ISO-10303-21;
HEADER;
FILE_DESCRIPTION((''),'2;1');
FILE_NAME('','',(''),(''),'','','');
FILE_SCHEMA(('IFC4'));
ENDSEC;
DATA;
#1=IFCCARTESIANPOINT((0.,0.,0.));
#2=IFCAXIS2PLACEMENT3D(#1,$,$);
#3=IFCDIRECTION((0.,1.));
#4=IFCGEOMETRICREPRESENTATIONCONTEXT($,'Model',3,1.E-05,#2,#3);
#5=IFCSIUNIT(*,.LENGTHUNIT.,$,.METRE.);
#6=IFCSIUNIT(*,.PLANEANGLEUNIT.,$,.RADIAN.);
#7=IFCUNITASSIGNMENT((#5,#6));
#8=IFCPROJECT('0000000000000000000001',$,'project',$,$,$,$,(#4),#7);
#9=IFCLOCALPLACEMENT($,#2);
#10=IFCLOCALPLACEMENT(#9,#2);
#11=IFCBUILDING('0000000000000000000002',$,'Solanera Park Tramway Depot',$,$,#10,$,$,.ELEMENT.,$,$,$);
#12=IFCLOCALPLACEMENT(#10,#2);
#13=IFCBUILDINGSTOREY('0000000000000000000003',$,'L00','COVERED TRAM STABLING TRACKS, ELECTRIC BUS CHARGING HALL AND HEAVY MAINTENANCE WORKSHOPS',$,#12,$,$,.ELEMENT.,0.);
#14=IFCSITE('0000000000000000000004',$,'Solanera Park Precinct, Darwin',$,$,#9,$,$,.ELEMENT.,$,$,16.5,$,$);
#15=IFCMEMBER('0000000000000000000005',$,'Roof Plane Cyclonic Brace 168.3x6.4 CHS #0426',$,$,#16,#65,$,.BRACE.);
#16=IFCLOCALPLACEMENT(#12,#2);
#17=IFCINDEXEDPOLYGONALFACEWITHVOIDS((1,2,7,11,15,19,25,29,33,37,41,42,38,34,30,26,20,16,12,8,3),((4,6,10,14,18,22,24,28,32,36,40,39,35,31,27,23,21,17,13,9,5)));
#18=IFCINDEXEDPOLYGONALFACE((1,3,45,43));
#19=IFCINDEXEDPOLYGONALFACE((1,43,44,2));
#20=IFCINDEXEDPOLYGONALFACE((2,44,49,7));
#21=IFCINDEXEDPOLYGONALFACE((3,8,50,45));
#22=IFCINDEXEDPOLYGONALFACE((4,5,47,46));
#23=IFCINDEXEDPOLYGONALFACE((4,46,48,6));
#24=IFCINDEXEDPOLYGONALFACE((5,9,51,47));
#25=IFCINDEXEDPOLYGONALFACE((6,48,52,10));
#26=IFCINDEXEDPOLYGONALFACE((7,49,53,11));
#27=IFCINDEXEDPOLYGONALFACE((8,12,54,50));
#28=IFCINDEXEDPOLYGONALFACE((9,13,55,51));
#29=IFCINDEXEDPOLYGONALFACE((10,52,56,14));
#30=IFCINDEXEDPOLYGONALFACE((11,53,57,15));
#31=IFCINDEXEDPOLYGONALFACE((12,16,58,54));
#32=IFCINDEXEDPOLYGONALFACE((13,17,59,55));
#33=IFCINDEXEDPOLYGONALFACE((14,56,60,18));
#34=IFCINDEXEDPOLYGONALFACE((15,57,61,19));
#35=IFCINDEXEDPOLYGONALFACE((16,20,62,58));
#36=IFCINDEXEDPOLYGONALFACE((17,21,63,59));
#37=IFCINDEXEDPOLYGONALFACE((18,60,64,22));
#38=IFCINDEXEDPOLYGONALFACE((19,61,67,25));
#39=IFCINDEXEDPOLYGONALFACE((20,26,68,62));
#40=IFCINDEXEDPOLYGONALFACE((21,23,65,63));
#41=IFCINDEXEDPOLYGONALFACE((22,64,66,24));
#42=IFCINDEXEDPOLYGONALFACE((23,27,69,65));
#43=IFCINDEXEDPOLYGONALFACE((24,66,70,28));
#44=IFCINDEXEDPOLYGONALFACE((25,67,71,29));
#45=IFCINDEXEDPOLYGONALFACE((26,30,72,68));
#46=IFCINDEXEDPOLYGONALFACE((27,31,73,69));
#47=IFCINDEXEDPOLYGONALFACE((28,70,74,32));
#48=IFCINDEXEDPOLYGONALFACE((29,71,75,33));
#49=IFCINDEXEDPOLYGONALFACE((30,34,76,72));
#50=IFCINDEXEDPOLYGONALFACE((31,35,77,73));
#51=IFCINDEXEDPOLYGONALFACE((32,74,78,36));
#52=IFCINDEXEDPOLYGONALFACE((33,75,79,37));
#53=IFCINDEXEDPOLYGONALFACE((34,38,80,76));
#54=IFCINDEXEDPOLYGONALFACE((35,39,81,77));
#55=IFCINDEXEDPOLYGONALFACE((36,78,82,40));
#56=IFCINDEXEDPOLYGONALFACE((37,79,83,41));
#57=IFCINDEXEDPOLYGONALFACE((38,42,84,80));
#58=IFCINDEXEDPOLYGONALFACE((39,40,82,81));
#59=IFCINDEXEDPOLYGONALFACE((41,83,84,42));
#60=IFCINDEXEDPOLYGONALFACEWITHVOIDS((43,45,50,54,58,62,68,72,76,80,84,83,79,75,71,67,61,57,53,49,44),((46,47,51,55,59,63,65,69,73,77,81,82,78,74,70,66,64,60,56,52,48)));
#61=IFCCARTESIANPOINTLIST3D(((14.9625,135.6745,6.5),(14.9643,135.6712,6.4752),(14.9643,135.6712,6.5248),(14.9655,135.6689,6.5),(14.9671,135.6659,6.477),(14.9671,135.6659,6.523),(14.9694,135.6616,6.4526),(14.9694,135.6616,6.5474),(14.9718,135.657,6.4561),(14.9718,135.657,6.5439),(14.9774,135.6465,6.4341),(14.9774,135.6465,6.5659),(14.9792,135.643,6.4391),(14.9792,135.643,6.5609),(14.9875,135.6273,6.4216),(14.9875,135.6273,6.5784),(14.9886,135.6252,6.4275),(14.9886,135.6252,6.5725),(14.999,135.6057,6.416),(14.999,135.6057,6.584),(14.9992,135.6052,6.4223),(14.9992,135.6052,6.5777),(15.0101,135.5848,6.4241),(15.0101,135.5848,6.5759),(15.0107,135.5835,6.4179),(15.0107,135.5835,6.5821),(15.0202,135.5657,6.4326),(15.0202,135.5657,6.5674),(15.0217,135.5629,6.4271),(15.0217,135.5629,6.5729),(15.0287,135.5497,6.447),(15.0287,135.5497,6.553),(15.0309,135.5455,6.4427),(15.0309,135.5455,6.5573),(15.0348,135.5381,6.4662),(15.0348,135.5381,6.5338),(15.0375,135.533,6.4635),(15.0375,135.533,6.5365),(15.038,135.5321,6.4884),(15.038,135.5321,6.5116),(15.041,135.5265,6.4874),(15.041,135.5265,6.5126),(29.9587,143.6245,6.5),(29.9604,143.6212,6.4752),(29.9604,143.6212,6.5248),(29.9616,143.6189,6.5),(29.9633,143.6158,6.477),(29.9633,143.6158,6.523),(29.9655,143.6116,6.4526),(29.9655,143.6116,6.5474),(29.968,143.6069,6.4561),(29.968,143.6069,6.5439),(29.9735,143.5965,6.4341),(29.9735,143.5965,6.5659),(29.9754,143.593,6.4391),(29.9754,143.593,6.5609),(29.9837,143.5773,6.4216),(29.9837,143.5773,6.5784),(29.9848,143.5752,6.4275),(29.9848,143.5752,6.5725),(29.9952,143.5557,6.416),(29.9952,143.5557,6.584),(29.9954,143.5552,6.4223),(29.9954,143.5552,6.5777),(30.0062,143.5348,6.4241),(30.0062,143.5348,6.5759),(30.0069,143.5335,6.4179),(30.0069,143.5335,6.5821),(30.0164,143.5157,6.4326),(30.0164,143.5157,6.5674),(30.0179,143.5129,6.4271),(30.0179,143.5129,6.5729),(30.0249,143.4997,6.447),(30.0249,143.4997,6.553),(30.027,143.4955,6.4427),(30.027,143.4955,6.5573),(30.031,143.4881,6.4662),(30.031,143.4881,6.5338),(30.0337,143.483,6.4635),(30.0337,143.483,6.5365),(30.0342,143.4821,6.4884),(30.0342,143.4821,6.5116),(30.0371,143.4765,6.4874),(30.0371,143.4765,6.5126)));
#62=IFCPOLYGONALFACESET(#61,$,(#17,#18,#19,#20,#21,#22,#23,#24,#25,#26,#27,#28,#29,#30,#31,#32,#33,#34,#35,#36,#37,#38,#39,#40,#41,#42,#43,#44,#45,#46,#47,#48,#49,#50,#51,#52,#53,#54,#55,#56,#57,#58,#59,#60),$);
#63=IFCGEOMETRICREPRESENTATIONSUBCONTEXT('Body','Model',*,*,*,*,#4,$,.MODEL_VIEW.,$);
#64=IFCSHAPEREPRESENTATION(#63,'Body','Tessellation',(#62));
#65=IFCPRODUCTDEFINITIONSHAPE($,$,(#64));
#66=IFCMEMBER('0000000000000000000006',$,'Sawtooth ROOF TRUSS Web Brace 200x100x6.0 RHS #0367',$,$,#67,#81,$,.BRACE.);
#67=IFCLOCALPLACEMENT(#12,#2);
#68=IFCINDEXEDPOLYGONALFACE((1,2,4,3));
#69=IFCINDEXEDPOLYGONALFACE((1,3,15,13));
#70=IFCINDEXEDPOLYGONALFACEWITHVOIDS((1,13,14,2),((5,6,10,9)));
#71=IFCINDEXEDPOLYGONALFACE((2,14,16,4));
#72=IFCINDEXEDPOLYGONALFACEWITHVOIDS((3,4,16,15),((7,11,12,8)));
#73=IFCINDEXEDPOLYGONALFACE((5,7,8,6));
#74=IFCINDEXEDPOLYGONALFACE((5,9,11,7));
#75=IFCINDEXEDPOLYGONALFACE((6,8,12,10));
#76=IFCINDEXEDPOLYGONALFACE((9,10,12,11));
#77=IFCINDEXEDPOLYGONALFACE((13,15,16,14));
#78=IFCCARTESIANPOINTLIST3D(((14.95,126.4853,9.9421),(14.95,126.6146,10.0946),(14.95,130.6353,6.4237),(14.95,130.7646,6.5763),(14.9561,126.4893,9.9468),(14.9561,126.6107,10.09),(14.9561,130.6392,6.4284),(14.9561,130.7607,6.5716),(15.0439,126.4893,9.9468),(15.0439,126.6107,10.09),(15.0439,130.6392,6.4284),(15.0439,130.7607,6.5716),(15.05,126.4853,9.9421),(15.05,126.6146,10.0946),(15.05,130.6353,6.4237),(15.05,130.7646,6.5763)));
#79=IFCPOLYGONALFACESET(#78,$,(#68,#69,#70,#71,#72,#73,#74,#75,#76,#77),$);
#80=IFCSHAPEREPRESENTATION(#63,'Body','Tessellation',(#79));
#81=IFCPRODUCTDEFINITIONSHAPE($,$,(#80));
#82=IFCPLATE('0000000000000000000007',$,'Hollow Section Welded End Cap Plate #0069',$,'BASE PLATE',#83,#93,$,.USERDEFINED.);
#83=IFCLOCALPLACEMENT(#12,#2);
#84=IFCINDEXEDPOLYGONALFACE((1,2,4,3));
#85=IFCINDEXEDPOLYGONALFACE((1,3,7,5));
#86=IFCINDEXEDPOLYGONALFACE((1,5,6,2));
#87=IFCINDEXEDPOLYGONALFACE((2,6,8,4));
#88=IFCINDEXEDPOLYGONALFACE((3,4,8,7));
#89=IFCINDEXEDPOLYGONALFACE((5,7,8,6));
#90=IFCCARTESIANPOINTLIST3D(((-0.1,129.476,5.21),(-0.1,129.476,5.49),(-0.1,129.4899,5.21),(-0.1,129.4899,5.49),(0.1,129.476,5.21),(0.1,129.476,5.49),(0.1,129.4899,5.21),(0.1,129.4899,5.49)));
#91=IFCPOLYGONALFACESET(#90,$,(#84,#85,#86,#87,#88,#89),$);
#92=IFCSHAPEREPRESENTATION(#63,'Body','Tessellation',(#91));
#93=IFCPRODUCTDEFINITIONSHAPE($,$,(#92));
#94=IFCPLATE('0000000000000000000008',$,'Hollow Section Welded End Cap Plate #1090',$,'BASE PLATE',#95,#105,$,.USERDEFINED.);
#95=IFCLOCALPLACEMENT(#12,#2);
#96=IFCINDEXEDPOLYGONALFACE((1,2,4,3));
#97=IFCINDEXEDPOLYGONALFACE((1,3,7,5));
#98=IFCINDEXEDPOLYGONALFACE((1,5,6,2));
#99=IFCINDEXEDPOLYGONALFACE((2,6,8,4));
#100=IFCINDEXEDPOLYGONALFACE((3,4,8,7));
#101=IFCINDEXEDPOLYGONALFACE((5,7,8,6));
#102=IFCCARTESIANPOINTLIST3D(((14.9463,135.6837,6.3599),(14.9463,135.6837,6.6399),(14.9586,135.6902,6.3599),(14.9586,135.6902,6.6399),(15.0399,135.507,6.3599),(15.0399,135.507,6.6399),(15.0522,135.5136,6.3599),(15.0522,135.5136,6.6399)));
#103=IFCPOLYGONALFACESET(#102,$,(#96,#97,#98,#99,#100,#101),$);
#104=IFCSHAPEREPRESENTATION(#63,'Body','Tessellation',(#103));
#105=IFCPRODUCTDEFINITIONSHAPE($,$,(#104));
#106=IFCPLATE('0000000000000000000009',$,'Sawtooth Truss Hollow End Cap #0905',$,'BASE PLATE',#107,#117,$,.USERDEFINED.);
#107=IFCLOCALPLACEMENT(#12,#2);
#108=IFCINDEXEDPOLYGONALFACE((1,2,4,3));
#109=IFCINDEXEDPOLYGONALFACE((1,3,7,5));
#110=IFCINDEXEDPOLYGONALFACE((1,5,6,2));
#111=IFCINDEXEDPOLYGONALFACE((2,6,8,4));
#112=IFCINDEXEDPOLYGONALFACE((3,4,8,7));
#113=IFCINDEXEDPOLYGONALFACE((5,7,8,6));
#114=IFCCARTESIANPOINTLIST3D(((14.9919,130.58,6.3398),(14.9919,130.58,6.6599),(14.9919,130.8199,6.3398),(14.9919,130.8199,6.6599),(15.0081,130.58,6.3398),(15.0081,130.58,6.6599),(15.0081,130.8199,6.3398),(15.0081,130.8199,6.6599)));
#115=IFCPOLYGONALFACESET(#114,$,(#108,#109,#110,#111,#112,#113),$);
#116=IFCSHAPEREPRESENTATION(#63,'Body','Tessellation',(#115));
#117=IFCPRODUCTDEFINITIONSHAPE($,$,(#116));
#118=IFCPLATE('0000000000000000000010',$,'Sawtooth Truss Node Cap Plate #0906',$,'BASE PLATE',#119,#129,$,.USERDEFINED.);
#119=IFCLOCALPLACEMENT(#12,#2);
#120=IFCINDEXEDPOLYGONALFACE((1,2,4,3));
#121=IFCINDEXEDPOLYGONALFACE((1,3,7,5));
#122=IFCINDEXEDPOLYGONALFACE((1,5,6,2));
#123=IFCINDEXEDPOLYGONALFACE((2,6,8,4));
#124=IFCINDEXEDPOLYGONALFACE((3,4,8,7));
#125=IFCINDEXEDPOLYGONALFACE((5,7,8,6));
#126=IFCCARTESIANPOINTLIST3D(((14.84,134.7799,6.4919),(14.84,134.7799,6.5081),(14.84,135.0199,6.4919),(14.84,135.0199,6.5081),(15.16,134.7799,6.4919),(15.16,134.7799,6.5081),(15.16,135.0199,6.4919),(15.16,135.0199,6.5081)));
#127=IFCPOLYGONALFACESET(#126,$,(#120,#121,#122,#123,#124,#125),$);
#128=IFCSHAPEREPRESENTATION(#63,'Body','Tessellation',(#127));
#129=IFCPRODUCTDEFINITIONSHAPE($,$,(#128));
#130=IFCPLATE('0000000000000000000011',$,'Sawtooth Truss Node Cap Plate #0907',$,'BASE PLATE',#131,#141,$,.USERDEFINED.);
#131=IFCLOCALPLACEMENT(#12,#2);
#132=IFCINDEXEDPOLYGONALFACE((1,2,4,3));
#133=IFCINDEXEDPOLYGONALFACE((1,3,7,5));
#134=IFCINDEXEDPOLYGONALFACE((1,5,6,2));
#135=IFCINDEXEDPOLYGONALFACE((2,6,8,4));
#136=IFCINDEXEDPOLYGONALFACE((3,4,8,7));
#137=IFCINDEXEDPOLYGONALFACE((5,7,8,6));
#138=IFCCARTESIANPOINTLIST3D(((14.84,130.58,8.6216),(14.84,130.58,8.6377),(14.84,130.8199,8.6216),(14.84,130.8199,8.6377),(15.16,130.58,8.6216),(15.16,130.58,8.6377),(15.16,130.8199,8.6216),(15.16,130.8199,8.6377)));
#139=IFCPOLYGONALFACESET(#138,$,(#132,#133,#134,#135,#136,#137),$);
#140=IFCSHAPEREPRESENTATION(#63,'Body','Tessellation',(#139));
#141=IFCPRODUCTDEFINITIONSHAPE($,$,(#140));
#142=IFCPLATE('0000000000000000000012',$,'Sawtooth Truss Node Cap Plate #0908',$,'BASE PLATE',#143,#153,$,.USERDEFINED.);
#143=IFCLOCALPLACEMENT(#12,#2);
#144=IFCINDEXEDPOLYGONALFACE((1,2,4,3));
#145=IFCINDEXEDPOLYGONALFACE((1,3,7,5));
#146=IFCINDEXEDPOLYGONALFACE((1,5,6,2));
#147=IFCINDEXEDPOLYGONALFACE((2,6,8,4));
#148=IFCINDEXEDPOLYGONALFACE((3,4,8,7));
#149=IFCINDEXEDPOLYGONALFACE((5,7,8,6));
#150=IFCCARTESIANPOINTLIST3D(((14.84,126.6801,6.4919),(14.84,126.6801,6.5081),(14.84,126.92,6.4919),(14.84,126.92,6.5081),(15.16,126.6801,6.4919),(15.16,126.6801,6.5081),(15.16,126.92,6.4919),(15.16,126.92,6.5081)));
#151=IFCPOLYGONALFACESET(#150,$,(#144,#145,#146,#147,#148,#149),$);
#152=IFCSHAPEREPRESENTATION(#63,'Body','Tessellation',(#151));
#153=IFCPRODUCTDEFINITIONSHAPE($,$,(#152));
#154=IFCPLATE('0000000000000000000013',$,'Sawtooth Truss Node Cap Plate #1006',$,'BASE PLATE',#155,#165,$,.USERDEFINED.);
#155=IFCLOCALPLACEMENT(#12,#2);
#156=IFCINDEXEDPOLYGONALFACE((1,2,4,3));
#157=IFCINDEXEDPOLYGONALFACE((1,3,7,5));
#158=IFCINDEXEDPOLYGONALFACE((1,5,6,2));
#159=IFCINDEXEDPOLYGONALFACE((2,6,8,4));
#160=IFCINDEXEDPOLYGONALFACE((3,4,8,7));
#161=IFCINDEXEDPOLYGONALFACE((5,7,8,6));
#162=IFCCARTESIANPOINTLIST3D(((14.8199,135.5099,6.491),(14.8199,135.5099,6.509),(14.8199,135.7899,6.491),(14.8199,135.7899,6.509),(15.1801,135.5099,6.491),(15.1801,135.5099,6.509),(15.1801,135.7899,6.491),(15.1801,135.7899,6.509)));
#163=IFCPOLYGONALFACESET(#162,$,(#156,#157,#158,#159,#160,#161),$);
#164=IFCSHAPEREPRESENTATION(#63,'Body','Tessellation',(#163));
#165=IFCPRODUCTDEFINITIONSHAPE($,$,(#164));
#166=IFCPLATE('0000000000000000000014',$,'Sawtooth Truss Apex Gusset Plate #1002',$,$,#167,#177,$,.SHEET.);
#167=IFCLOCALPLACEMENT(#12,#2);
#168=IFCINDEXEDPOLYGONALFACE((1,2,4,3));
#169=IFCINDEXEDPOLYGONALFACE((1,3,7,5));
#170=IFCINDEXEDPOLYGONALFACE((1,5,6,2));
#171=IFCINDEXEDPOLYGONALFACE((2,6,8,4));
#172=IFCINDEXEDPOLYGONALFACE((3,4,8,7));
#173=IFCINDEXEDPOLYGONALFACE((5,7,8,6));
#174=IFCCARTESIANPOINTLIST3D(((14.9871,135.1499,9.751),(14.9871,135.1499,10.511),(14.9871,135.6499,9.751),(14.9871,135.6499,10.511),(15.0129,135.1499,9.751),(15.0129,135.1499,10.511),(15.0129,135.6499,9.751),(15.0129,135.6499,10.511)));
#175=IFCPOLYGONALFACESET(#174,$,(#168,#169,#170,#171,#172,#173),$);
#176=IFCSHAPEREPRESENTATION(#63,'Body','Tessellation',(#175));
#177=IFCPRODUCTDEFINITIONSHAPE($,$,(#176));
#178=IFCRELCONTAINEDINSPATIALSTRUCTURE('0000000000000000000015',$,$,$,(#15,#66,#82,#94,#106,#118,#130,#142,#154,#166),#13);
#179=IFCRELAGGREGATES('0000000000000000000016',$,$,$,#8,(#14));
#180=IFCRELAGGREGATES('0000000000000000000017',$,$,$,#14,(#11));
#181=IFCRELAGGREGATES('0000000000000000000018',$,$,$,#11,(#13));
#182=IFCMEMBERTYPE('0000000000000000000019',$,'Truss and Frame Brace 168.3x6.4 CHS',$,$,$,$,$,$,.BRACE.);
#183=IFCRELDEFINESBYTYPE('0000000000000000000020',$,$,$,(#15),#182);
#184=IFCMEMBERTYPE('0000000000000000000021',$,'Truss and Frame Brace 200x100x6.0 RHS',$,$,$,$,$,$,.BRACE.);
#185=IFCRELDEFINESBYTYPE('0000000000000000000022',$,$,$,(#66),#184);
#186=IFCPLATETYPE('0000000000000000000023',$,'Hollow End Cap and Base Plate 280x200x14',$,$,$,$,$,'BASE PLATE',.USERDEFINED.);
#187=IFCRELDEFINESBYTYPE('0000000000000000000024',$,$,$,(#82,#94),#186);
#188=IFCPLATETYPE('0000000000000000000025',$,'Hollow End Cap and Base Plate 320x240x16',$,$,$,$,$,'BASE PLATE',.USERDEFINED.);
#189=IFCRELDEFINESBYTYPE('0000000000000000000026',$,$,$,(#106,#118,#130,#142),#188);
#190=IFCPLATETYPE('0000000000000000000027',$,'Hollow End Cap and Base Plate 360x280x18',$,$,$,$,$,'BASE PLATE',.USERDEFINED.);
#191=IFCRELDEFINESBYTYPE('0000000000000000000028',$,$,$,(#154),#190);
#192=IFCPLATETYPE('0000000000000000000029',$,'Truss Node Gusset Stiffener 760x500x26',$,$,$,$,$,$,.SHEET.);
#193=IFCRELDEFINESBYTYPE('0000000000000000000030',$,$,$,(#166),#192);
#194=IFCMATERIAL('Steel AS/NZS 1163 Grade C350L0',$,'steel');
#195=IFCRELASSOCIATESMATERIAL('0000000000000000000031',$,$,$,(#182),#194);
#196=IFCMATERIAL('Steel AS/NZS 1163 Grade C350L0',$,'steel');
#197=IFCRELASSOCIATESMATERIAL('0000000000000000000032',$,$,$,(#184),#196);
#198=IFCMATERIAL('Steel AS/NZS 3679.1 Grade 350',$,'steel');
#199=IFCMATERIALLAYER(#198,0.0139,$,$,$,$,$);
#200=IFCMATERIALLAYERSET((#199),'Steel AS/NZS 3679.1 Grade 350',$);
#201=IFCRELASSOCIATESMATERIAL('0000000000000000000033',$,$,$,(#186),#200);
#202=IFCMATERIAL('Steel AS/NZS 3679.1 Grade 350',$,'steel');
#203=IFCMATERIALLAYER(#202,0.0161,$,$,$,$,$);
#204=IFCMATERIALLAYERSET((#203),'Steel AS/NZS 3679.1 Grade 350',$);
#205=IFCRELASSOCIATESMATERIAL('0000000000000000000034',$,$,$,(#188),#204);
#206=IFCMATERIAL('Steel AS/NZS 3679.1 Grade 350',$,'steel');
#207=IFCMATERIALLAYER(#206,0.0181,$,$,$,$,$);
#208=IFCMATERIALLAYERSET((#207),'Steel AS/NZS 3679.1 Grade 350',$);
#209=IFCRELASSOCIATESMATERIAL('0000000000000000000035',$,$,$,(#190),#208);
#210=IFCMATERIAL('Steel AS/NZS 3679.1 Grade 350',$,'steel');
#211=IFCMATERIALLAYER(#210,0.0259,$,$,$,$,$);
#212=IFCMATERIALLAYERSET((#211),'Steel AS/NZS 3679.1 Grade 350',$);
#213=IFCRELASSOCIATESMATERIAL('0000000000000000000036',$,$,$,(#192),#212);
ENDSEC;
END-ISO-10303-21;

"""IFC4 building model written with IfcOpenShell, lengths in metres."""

from ifc_helpers import new_model, si_unit, direction, frame, origin, origin_2d, place, context, subcontext, project, spatial, rectangle, hollow_rectangle, hollow_circle, extrude, material, layer, layer_set, material_profile, profile_set, type_object, element, save


model = new_model("IFC4")

# Units and contexts
model_context = context("Model", 3, precision=1e-05, world=origin(), true_north=direction((0.0, 1.0)))
body_context = subcontext(model_context, "Body", "Model", "MODEL_VIEW")
ifc_project = project(units=[si_unit("LENGTHUNIT", "METRE"), si_unit("PLANEANGLEUNIT", "RADIAN")], contexts=[model_context])

# Site, building, storey
site_placement = place(None, origin())
site = spatial("IfcSite", under=ifc_project, at=site_placement, Name="Solanera Park Precinct, Darwin", CompositionType="ELEMENT", RefElevation=16.5)
building_placement = place(site_placement, origin())
building = spatial("IfcBuilding", under=site, at=building_placement, Name="Solanera Park Tramway Depot", CompositionType="ELEMENT")
storey_placement = place(building_placement, origin())
storey = spatial("IfcBuildingStorey", under=building, at=storey_placement, Name="L00", Description="COVERED TRAM STABLING TRACKS, ELECTRIC BUS CHARGING HALL AND HEAVY MAINTENANCE WORKSHOPS", CompositionType="ELEMENT", Elevation=0.0)

# Members
ifc_material_1 = material(Name="Steel AS/NZS 1163 Grade C350L0", Category="steel")
ifc_material_profile_1 = material_profile(ifc_material_1, hollow_circle(Radius=0.0842, WallThickness=0.0063, at=origin_2d()), Name="168.3x6.4 CHS")
ifc_profile_set_1 = profile_set([ifc_material_profile_1], Name="Steel AS/NZS 1163 Grade C350L0")
member_type_1 = type_object("IfcMemberType", Name="Truss and Frame Brace 168.3x6.4 CHS", PredefinedType="BRACE", material=ifc_profile_set_1)
member_1_placement = place(storey_placement, frame((15.002, 135.6001, 6.5), z_axis=(0.883524, 0.468387, 0.0), x_axis=(-0.468387, 0.883524, 0.0)))
element("IfcMember", 1, at=member_1_placement, inside=storey, type_object=member_type_1, Name="Roof Plane Cyclonic Brace 168.3x6.4 CHS #0426", PredefinedType="BRACE", context=body_context, shape_type="SweptSolid", body=[
    extrude(hollow_circle(Radius=0.0842, WallThickness=0.0063, at=origin_2d()), origin(), (0.0, 0.0, 1.0), 16.9731),
])
ifc_material_2 = material(Name="Steel AS/NZS 1163 Grade C350L0", Category="steel")
ifc_material_profile_2 = material_profile(ifc_material_2, hollow_rectangle(XDim=0.1001, YDim=0.2, WallThickness=0.0061, at=origin_2d()), Name="200x100x6.0 RHS")
ifc_profile_set_2 = profile_set([ifc_material_profile_2], Name="Steel AS/NZS 1163 Grade C350L0")
member_type_2 = type_object("IfcMemberType", Name="Truss and Frame Brace 200x100x6.0 RHS", PredefinedType="BRACE", material=ifc_profile_set_2)
member_2_placement = place(storey_placement, frame((15.0, 130.7, 6.5), z_axis=(0.0, -0.762765, 0.646676), x_axis=(1.0, 0.0, 0.0)))
element("IfcMember", 2, at=member_2_placement, inside=storey, type_object=member_type_2, Name="Sawtooth ROOF TRUSS Web Brace 200x100x6.0 RHS #0367", PredefinedType="BRACE", context=body_context, shape_type="SweptSolid", body=[
    extrude(hollow_rectangle(XDim=0.1001, YDim=0.2, WallThickness=0.0061, at=origin_2d()), origin(), (0.0, 0.0, 1.0), 5.4407),
])

# Plates
ifc_material_3 = material(Name="Steel AS/NZS 3679.1 Grade 350", Category="steel")
ifc_layer_1 = layer(ifc_material_3, 0.0139)
ifc_layer_set_1 = layer_set([ifc_layer_1], Name="Steel AS/NZS 3679.1 Grade 350")
plate_type_1 = type_object("IfcPlateType", Name="Hollow End Cap and Base Plate 280x200x14", ElementType="BASE PLATE", PredefinedType="USERDEFINED", material=ifc_layer_set_1)
for number, where, z_axis, x_axis, name in (
    (3, (0.0, 129.4829, 5.21), (0.0, 0.0, 1.0), (0.0, 1.0, 0.0), "Hollow Section Welded End Cap Plate #0069"),
    (4, (14.9993, 135.5986, 6.3599), (0.0, 0.0, 1.0), (0.883521, 0.468392, 0.0), "Hollow Section Welded End Cap Plate #1090"),
):
    element("IfcPlate", number, at=place(storey_placement, frame(where, z_axis=z_axis, x_axis=x_axis)), inside=storey, type_object=plate_type_1, Name=name, ObjectType="BASE PLATE", PredefinedType="USERDEFINED", context=body_context, shape_type="SweptSolid", body=[
        extrude(rectangle(XDim=0.0139, YDim=0.2, at=origin_2d()), origin(), (0.0, 0.0, 1.0), 0.28),
    ])
ifc_material_4 = material(Name="Steel AS/NZS 3679.1 Grade 350", Category="steel")
ifc_layer_2 = layer(ifc_material_4, 0.0161)
ifc_layer_set_2 = layer_set([ifc_layer_2], Name="Steel AS/NZS 3679.1 Grade 350")
plate_type_2 = type_object("IfcPlateType", Name="Hollow End Cap and Base Plate 320x240x16", ElementType="BASE PLATE", PredefinedType="USERDEFINED", material=ifc_layer_set_2)
plate_1_placement = place(storey_placement, frame((15.0, 130.7, 6.3398), z_axis=(0.0, 0.0, 1.0), x_axis=(1.0, 0.0, 0.0)))
element("IfcPlate", 5, at=plate_1_placement, inside=storey, type_object=plate_type_2, Name="Sawtooth Truss Hollow End Cap #0905", ObjectType="BASE PLATE", PredefinedType="USERDEFINED", context=body_context, shape_type="SweptSolid", body=[
    extrude(rectangle(XDim=0.0161, YDim=0.24, at=origin_2d()), origin(), (0.0, 0.0, 1.0), 0.3201),
])
for number, where, z_axis, x_axis, name in (
    (6, (15.0, 134.8999, 6.4919), (0.0, 0.0, 1.0), (1.0, 0.0, 0.0), "Sawtooth Truss Node Cap Plate #0906"),
    (7, (15.0, 130.7, 8.6216), (0.0, 0.0, 1.0), (1.0, 0.0, 0.0), "Sawtooth Truss Node Cap Plate #0907"),
    (8, (15.0, 126.8, 6.4919), (0.0, 0.0, 1.0), (1.0, 0.0, 0.0), "Sawtooth Truss Node Cap Plate #0908"),
):
    element("IfcPlate", number, at=place(storey_placement, frame(where, z_axis=z_axis, x_axis=x_axis)), inside=storey, type_object=plate_type_2, Name=name, ObjectType="BASE PLATE", PredefinedType="USERDEFINED", context=body_context, shape_type="SweptSolid", body=[
        extrude(rectangle(XDim=0.3201, YDim=0.24, at=origin_2d()), origin(), (0.0, 0.0, 1.0), 0.0161),
    ])
ifc_material_5 = material(Name="Steel AS/NZS 3679.1 Grade 350", Category="steel")
ifc_layer_3 = layer(ifc_material_5, 0.0181)
ifc_layer_set_3 = layer_set([ifc_layer_3], Name="Steel AS/NZS 3679.1 Grade 350")
plate_type_3 = type_object("IfcPlateType", Name="Hollow End Cap and Base Plate 360x280x18", ElementType="BASE PLATE", PredefinedType="USERDEFINED", material=ifc_layer_set_3)
plate_2_placement = place(storey_placement, frame((15.0, 135.6499, 6.491), z_axis=(0.0, 0.0, 1.0), x_axis=(1.0, 0.0, 0.0)))
element("IfcPlate", 9, at=plate_2_placement, inside=storey, type_object=plate_type_3, Name="Sawtooth Truss Node Cap Plate #1006", ObjectType="BASE PLATE", PredefinedType="USERDEFINED", context=body_context, shape_type="SweptSolid", body=[
    extrude(rectangle(XDim=0.3601, YDim=0.28, at=origin_2d()), origin(), (0.0, 0.0, 1.0), 0.0181),
])
ifc_material_6 = material(Name="Steel AS/NZS 3679.1 Grade 350", Category="steel")
ifc_layer_4 = layer(ifc_material_6, 0.0259)
ifc_layer_set_4 = layer_set([ifc_layer_4], Name="Steel AS/NZS 3679.1 Grade 350")
plate_type_4 = type_object("IfcPlateType", Name="Truss Node Gusset Stiffener 760x500x26", PredefinedType="SHEET", material=ifc_layer_set_4)
plate_3_placement = place(storey_placement, frame((15.0, 135.3999, 9.751), z_axis=(0.0, 0.0, 1.0), x_axis=(1.0, 0.0, 0.0)))
element("IfcPlate", 10, at=plate_3_placement, inside=storey, type_object=plate_type_4, Name="Sawtooth Truss Apex Gusset Plate #1002", PredefinedType="SHEET", context=body_context, shape_type="SweptSolid", body=[
    extrude(rectangle(XDim=0.0259, YDim=0.5, at=origin_2d()), origin(), (0.0, 0.0, 1.0), 0.76),
])

save(model, "model.ifc")
